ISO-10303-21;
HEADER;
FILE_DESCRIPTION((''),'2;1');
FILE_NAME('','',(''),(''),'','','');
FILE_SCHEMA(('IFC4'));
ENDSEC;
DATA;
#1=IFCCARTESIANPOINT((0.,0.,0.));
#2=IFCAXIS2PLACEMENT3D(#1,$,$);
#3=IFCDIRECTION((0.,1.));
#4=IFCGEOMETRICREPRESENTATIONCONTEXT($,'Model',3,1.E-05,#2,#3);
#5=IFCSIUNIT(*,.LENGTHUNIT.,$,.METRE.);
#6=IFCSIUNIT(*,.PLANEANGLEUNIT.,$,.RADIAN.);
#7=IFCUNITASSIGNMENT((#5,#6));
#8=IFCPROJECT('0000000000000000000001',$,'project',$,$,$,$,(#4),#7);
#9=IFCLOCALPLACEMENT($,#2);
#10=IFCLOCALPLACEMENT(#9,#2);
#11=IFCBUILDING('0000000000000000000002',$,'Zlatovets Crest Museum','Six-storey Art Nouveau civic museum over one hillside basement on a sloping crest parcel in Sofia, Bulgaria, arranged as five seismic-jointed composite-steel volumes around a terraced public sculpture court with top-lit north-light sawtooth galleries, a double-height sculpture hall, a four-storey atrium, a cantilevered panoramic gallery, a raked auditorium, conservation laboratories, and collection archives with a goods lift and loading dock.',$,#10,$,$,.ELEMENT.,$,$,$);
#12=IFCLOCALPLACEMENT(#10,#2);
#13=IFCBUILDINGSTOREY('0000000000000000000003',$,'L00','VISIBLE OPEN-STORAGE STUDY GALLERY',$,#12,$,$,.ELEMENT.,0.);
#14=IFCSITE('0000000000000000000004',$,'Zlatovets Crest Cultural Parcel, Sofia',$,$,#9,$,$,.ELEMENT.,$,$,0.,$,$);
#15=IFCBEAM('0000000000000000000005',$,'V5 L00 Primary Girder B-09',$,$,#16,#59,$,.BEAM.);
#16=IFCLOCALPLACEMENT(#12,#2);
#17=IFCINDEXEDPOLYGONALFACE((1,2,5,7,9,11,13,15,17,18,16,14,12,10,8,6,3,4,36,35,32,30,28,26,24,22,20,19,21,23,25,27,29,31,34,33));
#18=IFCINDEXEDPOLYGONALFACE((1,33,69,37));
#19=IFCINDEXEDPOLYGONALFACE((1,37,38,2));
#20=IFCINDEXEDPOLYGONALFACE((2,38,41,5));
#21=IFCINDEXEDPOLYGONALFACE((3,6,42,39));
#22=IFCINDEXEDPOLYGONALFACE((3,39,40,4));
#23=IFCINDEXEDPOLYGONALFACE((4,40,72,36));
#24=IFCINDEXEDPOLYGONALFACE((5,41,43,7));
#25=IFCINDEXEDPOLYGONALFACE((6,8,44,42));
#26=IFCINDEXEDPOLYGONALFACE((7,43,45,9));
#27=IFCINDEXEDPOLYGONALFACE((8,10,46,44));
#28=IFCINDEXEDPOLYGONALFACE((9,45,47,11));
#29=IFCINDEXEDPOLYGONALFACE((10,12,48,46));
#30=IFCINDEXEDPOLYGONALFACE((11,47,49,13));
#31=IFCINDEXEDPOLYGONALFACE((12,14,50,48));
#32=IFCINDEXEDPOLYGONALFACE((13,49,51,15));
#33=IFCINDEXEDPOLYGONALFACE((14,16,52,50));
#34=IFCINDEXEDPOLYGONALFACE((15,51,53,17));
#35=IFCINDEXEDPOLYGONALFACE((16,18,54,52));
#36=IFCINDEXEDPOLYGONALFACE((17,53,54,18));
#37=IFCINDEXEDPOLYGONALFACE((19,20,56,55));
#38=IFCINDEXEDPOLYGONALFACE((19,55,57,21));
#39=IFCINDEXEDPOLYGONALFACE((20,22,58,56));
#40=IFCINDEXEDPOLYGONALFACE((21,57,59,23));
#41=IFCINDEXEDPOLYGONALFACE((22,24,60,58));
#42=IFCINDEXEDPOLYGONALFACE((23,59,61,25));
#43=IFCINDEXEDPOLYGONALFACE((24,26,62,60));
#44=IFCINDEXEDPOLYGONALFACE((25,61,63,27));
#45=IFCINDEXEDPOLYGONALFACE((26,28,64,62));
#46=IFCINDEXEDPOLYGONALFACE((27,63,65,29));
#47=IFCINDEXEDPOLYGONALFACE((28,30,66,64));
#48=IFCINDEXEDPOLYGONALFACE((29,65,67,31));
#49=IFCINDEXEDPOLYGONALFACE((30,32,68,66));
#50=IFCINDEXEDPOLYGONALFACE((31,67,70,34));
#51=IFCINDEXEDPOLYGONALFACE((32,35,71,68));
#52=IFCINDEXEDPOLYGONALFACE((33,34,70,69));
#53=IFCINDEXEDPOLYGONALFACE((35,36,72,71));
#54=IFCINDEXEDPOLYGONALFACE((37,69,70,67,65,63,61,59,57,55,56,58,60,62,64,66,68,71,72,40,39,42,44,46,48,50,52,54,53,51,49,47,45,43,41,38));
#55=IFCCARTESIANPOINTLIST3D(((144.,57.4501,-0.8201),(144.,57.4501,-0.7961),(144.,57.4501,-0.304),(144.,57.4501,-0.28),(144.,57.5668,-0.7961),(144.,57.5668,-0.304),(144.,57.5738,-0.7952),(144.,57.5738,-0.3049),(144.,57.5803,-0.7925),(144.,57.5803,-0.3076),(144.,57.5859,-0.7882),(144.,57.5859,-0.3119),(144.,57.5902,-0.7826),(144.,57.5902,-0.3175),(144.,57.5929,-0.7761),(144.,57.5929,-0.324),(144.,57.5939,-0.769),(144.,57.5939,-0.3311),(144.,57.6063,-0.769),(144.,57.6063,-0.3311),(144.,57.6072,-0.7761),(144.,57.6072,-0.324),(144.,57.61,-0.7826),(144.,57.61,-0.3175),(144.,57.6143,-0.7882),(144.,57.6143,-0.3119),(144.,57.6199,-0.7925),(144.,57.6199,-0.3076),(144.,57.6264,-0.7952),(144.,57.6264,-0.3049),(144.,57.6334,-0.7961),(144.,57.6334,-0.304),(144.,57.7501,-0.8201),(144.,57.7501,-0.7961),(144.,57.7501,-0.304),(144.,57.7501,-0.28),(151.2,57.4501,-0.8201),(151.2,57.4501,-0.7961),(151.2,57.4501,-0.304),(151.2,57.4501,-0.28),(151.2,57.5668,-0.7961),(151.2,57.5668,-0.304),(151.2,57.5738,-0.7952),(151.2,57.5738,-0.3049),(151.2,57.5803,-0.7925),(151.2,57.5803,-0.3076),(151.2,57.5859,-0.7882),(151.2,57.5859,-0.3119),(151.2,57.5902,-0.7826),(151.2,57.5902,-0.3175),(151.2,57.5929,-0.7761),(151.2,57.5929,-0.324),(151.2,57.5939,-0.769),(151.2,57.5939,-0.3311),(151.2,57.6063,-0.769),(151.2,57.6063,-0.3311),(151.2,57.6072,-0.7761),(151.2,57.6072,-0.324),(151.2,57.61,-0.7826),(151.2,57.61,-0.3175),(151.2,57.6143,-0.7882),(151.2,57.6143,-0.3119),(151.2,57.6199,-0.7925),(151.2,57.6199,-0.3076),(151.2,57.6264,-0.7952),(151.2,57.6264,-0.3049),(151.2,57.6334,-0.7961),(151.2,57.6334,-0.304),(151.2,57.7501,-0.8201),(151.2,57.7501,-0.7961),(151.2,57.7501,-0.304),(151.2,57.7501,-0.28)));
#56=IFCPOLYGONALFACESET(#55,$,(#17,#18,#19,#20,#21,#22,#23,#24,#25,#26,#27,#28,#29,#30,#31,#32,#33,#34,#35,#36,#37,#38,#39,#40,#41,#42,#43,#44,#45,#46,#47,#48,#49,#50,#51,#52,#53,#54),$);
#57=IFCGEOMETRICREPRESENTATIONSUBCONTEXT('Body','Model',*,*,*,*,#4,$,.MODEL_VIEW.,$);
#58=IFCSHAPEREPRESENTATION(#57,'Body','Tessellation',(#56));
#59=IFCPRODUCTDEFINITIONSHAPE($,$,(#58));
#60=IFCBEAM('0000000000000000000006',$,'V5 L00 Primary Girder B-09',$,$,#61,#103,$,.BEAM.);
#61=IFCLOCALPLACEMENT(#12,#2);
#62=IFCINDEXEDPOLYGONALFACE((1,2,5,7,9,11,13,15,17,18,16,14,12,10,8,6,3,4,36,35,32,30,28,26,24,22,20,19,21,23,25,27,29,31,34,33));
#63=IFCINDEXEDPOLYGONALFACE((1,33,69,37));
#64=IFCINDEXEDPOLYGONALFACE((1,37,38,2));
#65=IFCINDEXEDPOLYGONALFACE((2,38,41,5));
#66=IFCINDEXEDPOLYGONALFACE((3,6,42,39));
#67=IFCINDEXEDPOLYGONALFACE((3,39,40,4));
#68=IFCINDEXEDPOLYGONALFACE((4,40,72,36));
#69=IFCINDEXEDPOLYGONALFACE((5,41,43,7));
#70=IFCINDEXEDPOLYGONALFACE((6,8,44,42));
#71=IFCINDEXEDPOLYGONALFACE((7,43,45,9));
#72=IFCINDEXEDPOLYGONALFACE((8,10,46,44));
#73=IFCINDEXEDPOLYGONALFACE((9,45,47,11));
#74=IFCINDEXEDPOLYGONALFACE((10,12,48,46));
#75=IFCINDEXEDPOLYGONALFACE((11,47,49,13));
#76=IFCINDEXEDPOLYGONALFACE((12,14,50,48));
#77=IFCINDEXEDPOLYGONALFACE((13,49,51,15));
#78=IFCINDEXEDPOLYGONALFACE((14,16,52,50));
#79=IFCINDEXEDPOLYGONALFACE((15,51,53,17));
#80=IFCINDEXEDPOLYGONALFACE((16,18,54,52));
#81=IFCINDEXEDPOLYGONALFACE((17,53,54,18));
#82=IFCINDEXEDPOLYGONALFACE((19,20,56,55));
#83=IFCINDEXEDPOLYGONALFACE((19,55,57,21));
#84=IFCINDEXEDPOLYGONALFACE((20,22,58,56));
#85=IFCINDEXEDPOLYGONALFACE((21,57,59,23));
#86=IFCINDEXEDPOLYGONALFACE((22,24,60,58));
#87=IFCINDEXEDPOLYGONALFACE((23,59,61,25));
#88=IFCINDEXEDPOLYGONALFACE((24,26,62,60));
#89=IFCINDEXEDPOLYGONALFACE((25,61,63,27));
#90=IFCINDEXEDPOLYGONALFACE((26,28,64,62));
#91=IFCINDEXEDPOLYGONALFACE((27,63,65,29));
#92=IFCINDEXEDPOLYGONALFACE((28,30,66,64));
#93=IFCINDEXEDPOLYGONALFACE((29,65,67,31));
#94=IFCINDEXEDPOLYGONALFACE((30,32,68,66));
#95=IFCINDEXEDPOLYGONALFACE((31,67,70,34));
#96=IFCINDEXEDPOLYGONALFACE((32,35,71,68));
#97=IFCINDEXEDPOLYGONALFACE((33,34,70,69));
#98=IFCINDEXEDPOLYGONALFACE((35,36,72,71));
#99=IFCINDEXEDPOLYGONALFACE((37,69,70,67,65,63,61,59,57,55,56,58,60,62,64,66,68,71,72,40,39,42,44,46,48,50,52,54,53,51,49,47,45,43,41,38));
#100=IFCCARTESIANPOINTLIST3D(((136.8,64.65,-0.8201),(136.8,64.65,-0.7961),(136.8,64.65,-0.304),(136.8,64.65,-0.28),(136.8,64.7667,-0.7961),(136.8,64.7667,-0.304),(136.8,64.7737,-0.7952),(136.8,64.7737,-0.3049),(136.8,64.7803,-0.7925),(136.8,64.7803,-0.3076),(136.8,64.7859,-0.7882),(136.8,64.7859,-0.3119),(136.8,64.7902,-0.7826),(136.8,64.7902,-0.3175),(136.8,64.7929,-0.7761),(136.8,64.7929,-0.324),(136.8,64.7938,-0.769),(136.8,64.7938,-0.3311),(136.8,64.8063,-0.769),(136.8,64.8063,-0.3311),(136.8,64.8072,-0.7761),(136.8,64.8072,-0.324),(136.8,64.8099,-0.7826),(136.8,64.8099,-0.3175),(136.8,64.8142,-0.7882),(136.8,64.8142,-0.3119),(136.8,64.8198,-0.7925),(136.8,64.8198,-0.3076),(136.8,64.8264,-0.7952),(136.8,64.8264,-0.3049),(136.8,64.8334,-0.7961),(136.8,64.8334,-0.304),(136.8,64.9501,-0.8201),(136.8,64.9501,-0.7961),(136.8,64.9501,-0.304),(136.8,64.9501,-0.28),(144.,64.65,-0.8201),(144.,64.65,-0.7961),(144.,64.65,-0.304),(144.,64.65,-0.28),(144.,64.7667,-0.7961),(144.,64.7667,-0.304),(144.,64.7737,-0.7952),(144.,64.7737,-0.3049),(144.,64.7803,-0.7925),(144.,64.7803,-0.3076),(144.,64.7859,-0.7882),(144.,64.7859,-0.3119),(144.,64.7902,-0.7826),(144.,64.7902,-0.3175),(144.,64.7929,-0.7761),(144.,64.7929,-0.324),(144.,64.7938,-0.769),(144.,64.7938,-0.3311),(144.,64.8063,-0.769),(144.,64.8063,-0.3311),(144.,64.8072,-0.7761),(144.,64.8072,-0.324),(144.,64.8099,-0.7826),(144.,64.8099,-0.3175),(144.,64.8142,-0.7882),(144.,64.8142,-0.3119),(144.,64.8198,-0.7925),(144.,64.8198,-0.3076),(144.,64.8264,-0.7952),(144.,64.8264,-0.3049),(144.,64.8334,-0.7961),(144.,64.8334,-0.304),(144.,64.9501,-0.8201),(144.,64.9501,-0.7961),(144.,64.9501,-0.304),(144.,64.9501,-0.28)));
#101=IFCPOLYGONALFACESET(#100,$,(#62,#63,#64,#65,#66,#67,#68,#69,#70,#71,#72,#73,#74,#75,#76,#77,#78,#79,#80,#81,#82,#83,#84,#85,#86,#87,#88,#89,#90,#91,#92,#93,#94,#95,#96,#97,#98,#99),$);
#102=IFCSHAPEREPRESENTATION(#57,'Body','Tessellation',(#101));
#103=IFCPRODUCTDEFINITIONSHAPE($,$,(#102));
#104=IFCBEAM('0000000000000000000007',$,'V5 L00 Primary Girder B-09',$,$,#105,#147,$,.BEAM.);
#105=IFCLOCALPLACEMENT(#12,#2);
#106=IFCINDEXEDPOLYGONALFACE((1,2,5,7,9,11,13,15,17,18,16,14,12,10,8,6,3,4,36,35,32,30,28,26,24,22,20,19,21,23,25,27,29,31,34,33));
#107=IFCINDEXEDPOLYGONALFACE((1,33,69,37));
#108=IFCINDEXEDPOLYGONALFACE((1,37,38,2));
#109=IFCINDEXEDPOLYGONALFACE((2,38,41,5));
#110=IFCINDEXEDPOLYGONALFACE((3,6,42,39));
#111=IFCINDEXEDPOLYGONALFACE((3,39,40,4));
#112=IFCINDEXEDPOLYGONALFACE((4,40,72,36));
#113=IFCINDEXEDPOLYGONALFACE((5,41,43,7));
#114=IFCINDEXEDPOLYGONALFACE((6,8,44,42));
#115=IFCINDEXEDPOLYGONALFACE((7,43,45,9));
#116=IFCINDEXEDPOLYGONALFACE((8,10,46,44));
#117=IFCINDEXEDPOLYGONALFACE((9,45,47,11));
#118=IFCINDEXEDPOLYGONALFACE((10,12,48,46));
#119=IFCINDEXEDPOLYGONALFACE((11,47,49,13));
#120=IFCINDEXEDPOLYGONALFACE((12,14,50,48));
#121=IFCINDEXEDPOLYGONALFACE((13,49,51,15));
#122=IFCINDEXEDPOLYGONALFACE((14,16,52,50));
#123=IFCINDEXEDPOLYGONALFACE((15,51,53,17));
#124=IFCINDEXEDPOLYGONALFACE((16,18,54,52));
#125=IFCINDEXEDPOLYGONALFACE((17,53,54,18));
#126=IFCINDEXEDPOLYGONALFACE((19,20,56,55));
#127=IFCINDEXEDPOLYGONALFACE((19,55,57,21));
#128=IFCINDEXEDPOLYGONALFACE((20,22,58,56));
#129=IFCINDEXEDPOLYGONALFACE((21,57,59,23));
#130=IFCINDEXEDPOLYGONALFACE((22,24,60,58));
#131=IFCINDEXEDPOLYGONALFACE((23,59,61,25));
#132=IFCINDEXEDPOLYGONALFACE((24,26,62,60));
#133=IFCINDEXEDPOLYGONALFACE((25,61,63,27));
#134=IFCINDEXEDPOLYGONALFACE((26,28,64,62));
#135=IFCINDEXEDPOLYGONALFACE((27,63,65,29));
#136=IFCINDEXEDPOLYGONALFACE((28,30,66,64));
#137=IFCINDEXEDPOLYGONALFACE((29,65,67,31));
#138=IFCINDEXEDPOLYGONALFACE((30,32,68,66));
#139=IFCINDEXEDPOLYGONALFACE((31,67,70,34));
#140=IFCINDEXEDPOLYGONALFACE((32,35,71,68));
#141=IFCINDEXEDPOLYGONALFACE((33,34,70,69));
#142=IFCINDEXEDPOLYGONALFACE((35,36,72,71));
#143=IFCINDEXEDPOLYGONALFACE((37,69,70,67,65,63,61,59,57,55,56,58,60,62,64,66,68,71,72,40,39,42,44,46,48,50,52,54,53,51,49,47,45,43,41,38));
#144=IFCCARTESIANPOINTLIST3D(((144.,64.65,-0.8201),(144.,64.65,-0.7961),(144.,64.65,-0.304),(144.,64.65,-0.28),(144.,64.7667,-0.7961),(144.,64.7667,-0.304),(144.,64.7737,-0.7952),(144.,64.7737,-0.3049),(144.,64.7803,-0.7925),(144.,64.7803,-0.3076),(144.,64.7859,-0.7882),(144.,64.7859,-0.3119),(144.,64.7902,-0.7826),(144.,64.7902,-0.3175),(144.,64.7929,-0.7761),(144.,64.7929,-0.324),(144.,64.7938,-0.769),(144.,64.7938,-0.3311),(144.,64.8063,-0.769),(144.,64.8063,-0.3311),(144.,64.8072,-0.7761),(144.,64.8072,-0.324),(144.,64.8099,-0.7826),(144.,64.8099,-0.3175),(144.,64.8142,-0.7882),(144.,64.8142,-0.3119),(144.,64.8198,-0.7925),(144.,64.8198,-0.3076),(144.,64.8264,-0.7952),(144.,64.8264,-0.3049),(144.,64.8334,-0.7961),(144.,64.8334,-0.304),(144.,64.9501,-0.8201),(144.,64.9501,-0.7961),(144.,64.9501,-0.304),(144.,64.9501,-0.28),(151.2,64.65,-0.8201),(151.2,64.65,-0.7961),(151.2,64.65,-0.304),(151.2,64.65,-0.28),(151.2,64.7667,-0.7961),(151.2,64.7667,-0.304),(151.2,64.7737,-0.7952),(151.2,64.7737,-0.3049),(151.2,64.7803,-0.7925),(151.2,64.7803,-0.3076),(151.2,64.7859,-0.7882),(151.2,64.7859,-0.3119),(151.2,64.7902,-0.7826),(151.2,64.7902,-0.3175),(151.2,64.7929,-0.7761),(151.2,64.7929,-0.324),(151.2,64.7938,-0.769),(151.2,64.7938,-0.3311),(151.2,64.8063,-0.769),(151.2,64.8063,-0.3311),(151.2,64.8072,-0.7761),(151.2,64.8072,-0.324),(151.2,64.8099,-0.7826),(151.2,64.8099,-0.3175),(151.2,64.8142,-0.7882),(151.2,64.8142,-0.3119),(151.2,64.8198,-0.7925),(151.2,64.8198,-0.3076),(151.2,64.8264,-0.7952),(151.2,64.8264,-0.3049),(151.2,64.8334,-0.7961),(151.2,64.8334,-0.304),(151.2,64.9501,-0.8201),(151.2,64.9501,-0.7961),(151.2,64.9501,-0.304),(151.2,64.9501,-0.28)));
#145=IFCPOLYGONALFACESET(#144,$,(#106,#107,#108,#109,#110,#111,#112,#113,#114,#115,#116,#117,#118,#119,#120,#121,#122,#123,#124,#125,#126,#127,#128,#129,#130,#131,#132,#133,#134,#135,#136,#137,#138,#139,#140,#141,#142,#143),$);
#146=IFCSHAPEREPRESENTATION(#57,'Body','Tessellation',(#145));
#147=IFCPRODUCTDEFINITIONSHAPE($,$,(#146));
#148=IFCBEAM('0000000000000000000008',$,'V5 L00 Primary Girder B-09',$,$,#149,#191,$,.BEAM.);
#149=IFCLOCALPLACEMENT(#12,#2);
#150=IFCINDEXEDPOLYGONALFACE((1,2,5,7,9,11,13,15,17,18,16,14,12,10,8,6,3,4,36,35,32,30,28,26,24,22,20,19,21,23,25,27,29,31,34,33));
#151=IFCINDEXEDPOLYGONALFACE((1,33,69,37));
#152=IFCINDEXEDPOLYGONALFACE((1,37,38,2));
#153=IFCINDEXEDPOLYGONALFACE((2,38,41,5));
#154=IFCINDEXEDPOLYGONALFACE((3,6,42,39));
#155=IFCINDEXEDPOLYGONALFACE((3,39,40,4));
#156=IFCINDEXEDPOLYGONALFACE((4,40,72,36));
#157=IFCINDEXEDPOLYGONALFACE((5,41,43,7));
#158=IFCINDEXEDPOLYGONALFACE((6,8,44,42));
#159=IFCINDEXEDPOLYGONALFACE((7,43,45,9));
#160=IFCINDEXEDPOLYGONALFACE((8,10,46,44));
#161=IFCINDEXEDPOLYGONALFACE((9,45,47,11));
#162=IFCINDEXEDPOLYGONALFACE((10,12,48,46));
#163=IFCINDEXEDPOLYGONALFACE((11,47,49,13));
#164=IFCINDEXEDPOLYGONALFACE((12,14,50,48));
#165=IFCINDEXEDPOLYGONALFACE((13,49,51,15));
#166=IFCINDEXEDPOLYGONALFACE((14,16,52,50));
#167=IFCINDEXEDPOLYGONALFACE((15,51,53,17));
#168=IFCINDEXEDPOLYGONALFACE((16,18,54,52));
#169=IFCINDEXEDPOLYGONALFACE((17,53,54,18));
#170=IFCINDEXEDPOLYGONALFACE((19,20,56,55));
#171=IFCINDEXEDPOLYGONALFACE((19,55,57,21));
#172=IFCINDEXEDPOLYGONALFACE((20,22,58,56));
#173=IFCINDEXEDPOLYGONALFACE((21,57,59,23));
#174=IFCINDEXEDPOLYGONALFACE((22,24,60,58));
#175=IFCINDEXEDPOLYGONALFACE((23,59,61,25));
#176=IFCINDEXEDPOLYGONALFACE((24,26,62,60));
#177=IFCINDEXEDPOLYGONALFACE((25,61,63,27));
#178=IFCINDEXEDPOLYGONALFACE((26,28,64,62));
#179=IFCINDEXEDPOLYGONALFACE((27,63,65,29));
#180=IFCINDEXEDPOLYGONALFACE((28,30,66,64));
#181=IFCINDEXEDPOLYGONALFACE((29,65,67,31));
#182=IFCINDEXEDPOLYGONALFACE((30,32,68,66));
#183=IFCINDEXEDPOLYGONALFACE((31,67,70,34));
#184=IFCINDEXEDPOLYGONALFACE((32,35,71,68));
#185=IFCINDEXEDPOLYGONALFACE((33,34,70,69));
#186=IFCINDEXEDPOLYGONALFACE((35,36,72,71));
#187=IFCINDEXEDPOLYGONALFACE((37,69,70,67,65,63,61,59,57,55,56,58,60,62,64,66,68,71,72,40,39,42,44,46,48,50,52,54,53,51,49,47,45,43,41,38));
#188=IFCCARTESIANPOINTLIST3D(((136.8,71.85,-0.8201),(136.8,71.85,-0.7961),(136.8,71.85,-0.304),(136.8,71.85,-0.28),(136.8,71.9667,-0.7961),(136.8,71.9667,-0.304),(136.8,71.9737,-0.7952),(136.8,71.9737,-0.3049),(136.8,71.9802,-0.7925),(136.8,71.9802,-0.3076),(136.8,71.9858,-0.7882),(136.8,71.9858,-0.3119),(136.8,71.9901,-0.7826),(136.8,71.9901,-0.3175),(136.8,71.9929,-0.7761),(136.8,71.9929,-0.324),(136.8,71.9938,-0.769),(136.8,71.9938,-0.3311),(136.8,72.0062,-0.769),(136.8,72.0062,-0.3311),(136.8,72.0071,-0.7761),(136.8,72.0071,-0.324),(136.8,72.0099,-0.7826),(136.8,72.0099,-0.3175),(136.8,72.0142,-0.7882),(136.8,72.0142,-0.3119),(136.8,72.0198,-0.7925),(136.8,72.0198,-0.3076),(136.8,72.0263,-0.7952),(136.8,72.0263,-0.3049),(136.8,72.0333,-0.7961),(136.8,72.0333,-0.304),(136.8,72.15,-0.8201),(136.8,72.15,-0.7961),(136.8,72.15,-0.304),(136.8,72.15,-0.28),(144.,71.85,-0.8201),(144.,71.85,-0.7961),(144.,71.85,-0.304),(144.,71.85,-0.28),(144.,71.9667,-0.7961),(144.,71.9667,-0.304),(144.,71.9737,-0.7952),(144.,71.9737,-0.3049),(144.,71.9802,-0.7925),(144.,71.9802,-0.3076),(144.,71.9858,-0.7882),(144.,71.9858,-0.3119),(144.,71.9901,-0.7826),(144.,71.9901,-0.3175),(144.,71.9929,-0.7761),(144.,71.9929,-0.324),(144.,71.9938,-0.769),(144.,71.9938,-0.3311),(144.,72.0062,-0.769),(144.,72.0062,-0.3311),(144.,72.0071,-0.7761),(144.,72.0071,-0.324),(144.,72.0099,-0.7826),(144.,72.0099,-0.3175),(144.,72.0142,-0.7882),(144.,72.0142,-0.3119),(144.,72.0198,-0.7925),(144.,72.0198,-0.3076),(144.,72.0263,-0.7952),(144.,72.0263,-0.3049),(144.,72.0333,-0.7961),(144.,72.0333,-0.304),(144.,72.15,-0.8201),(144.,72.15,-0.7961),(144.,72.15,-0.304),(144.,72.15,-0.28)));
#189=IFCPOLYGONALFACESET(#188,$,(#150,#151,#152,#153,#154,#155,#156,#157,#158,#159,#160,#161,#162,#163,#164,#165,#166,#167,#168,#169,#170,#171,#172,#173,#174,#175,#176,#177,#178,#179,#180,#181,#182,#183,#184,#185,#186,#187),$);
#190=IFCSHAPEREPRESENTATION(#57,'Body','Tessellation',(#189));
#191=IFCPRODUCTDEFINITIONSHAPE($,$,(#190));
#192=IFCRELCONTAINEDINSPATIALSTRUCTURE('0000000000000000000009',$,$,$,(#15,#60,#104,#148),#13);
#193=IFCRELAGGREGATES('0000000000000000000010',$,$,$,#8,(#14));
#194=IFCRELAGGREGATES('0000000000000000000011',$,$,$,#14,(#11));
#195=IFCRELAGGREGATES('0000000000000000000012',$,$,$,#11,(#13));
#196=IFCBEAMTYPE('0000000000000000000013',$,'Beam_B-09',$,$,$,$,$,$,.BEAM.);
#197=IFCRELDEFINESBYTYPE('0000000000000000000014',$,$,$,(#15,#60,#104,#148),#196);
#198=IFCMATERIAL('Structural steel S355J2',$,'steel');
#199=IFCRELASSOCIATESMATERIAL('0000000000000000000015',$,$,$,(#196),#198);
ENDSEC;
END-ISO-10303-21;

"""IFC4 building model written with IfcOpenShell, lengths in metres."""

from ifc_helpers import new_model, si_unit, direction, frame, origin, origin_2d, place, context, subcontext, project, spatial, i_section, extrude, material, material_profile, profile_set, type_object, element, save


model = new_model("IFC4")

# Units and contexts
model_context = context("Model", 3, precision=1e-05, world=origin(), true_north=direction((0.0, 1.0)))
body_context = subcontext(model_context, "Body", "Model", "MODEL_VIEW")
ifc_project = project(units=[si_unit("LENGTHUNIT", "METRE"), si_unit("PLANEANGLEUNIT", "RADIAN")], contexts=[model_context])

# Site, building, storey
site_placement = place(None, origin())
site = spatial("IfcSite", under=ifc_project, at=site_placement, Name="Zlatovets Crest Cultural Parcel, Sofia", CompositionType="ELEMENT", RefElevation=0.0)
building_placement = place(site_placement, origin())
building = spatial("IfcBuilding", under=site, at=building_placement, Name="Zlatovets Crest Museum", Description="Six-storey Art Nouveau civic museum over one hillside basement on a sloping crest parcel in Sofia, Bulgaria, arranged as five seismic-jointed composite-steel volumes around a terraced public sculpture court with top-lit north-light sawtooth galleries, a double-height sculpture hall, a four-storey atrium, a cantilevered panoramic gallery, a raked auditorium, conservation laboratories, and collection archives with a goods lift and loading dock.", CompositionType="ELEMENT")
storey_placement = place(building_placement, origin())
storey = spatial("IfcBuildingStorey", under=building, at=storey_placement, Name="L00", Description="VISIBLE OPEN-STORAGE STUDY GALLERY", CompositionType="ELEMENT", Elevation=0.0)

# Shared definitions
ifc_material_1 = material(Name="Structural steel S355J2", Category="steel")

# Beams
ifc_material_profile_1 = material_profile(ifc_material_1, i_section(OverallWidth=0.3, OverallDepth=0.54, WebThickness=0.0125, FlangeThickness=0.0239, FilletRadius=0.0271, at=origin_2d()), Name="HEA 550")
ifc_profile_set_1 = profile_set([ifc_material_profile_1], Name="Structural steel S355J2")
beam_type_1 = type_object("IfcBeamType", Name="Beam_B-09", PredefinedType="BEAM", material=ifc_profile_set_1)
for number, where, z_axis, x_axis, name in (
    (1, (144.0, 57.6001, -0.55), (1.0, 0.0, 0.0), (0.0, 1.0, 0.0), "V5 L00 Primary Girder B-09"),
    (2, (136.8, 64.8, -0.55), (1.0, 0.0, 0.0), (0.0, 1.0, 0.0), "V5 L00 Primary Girder B-09"),
    (3, (144.0, 64.8, -0.55), (1.0, 0.0, 0.0), (0.0, 1.0, 0.0), "V5 L00 Primary Girder B-09"),
    (4, (136.8, 72.0, -0.55), (1.0, 0.0, 0.0), (0.0, 1.0, 0.0), "V5 L00 Primary Girder B-09"),
):
    element("IfcBeam", number, at=place(storey_placement, frame(where, z_axis=z_axis, x_axis=x_axis)), inside=storey, type_object=beam_type_1, Name=name, PredefinedType="BEAM", context=body_context, shape_type="SweptSolid", body=[
        extrude(i_section(OverallWidth=0.3, OverallDepth=0.54, WebThickness=0.0125, FlangeThickness=0.0239, FilletRadius=0.0271, at=origin_2d()), origin(), (0.0, 0.0, 1.0), 7.2),
    ])

save(model, "model.ifc")
